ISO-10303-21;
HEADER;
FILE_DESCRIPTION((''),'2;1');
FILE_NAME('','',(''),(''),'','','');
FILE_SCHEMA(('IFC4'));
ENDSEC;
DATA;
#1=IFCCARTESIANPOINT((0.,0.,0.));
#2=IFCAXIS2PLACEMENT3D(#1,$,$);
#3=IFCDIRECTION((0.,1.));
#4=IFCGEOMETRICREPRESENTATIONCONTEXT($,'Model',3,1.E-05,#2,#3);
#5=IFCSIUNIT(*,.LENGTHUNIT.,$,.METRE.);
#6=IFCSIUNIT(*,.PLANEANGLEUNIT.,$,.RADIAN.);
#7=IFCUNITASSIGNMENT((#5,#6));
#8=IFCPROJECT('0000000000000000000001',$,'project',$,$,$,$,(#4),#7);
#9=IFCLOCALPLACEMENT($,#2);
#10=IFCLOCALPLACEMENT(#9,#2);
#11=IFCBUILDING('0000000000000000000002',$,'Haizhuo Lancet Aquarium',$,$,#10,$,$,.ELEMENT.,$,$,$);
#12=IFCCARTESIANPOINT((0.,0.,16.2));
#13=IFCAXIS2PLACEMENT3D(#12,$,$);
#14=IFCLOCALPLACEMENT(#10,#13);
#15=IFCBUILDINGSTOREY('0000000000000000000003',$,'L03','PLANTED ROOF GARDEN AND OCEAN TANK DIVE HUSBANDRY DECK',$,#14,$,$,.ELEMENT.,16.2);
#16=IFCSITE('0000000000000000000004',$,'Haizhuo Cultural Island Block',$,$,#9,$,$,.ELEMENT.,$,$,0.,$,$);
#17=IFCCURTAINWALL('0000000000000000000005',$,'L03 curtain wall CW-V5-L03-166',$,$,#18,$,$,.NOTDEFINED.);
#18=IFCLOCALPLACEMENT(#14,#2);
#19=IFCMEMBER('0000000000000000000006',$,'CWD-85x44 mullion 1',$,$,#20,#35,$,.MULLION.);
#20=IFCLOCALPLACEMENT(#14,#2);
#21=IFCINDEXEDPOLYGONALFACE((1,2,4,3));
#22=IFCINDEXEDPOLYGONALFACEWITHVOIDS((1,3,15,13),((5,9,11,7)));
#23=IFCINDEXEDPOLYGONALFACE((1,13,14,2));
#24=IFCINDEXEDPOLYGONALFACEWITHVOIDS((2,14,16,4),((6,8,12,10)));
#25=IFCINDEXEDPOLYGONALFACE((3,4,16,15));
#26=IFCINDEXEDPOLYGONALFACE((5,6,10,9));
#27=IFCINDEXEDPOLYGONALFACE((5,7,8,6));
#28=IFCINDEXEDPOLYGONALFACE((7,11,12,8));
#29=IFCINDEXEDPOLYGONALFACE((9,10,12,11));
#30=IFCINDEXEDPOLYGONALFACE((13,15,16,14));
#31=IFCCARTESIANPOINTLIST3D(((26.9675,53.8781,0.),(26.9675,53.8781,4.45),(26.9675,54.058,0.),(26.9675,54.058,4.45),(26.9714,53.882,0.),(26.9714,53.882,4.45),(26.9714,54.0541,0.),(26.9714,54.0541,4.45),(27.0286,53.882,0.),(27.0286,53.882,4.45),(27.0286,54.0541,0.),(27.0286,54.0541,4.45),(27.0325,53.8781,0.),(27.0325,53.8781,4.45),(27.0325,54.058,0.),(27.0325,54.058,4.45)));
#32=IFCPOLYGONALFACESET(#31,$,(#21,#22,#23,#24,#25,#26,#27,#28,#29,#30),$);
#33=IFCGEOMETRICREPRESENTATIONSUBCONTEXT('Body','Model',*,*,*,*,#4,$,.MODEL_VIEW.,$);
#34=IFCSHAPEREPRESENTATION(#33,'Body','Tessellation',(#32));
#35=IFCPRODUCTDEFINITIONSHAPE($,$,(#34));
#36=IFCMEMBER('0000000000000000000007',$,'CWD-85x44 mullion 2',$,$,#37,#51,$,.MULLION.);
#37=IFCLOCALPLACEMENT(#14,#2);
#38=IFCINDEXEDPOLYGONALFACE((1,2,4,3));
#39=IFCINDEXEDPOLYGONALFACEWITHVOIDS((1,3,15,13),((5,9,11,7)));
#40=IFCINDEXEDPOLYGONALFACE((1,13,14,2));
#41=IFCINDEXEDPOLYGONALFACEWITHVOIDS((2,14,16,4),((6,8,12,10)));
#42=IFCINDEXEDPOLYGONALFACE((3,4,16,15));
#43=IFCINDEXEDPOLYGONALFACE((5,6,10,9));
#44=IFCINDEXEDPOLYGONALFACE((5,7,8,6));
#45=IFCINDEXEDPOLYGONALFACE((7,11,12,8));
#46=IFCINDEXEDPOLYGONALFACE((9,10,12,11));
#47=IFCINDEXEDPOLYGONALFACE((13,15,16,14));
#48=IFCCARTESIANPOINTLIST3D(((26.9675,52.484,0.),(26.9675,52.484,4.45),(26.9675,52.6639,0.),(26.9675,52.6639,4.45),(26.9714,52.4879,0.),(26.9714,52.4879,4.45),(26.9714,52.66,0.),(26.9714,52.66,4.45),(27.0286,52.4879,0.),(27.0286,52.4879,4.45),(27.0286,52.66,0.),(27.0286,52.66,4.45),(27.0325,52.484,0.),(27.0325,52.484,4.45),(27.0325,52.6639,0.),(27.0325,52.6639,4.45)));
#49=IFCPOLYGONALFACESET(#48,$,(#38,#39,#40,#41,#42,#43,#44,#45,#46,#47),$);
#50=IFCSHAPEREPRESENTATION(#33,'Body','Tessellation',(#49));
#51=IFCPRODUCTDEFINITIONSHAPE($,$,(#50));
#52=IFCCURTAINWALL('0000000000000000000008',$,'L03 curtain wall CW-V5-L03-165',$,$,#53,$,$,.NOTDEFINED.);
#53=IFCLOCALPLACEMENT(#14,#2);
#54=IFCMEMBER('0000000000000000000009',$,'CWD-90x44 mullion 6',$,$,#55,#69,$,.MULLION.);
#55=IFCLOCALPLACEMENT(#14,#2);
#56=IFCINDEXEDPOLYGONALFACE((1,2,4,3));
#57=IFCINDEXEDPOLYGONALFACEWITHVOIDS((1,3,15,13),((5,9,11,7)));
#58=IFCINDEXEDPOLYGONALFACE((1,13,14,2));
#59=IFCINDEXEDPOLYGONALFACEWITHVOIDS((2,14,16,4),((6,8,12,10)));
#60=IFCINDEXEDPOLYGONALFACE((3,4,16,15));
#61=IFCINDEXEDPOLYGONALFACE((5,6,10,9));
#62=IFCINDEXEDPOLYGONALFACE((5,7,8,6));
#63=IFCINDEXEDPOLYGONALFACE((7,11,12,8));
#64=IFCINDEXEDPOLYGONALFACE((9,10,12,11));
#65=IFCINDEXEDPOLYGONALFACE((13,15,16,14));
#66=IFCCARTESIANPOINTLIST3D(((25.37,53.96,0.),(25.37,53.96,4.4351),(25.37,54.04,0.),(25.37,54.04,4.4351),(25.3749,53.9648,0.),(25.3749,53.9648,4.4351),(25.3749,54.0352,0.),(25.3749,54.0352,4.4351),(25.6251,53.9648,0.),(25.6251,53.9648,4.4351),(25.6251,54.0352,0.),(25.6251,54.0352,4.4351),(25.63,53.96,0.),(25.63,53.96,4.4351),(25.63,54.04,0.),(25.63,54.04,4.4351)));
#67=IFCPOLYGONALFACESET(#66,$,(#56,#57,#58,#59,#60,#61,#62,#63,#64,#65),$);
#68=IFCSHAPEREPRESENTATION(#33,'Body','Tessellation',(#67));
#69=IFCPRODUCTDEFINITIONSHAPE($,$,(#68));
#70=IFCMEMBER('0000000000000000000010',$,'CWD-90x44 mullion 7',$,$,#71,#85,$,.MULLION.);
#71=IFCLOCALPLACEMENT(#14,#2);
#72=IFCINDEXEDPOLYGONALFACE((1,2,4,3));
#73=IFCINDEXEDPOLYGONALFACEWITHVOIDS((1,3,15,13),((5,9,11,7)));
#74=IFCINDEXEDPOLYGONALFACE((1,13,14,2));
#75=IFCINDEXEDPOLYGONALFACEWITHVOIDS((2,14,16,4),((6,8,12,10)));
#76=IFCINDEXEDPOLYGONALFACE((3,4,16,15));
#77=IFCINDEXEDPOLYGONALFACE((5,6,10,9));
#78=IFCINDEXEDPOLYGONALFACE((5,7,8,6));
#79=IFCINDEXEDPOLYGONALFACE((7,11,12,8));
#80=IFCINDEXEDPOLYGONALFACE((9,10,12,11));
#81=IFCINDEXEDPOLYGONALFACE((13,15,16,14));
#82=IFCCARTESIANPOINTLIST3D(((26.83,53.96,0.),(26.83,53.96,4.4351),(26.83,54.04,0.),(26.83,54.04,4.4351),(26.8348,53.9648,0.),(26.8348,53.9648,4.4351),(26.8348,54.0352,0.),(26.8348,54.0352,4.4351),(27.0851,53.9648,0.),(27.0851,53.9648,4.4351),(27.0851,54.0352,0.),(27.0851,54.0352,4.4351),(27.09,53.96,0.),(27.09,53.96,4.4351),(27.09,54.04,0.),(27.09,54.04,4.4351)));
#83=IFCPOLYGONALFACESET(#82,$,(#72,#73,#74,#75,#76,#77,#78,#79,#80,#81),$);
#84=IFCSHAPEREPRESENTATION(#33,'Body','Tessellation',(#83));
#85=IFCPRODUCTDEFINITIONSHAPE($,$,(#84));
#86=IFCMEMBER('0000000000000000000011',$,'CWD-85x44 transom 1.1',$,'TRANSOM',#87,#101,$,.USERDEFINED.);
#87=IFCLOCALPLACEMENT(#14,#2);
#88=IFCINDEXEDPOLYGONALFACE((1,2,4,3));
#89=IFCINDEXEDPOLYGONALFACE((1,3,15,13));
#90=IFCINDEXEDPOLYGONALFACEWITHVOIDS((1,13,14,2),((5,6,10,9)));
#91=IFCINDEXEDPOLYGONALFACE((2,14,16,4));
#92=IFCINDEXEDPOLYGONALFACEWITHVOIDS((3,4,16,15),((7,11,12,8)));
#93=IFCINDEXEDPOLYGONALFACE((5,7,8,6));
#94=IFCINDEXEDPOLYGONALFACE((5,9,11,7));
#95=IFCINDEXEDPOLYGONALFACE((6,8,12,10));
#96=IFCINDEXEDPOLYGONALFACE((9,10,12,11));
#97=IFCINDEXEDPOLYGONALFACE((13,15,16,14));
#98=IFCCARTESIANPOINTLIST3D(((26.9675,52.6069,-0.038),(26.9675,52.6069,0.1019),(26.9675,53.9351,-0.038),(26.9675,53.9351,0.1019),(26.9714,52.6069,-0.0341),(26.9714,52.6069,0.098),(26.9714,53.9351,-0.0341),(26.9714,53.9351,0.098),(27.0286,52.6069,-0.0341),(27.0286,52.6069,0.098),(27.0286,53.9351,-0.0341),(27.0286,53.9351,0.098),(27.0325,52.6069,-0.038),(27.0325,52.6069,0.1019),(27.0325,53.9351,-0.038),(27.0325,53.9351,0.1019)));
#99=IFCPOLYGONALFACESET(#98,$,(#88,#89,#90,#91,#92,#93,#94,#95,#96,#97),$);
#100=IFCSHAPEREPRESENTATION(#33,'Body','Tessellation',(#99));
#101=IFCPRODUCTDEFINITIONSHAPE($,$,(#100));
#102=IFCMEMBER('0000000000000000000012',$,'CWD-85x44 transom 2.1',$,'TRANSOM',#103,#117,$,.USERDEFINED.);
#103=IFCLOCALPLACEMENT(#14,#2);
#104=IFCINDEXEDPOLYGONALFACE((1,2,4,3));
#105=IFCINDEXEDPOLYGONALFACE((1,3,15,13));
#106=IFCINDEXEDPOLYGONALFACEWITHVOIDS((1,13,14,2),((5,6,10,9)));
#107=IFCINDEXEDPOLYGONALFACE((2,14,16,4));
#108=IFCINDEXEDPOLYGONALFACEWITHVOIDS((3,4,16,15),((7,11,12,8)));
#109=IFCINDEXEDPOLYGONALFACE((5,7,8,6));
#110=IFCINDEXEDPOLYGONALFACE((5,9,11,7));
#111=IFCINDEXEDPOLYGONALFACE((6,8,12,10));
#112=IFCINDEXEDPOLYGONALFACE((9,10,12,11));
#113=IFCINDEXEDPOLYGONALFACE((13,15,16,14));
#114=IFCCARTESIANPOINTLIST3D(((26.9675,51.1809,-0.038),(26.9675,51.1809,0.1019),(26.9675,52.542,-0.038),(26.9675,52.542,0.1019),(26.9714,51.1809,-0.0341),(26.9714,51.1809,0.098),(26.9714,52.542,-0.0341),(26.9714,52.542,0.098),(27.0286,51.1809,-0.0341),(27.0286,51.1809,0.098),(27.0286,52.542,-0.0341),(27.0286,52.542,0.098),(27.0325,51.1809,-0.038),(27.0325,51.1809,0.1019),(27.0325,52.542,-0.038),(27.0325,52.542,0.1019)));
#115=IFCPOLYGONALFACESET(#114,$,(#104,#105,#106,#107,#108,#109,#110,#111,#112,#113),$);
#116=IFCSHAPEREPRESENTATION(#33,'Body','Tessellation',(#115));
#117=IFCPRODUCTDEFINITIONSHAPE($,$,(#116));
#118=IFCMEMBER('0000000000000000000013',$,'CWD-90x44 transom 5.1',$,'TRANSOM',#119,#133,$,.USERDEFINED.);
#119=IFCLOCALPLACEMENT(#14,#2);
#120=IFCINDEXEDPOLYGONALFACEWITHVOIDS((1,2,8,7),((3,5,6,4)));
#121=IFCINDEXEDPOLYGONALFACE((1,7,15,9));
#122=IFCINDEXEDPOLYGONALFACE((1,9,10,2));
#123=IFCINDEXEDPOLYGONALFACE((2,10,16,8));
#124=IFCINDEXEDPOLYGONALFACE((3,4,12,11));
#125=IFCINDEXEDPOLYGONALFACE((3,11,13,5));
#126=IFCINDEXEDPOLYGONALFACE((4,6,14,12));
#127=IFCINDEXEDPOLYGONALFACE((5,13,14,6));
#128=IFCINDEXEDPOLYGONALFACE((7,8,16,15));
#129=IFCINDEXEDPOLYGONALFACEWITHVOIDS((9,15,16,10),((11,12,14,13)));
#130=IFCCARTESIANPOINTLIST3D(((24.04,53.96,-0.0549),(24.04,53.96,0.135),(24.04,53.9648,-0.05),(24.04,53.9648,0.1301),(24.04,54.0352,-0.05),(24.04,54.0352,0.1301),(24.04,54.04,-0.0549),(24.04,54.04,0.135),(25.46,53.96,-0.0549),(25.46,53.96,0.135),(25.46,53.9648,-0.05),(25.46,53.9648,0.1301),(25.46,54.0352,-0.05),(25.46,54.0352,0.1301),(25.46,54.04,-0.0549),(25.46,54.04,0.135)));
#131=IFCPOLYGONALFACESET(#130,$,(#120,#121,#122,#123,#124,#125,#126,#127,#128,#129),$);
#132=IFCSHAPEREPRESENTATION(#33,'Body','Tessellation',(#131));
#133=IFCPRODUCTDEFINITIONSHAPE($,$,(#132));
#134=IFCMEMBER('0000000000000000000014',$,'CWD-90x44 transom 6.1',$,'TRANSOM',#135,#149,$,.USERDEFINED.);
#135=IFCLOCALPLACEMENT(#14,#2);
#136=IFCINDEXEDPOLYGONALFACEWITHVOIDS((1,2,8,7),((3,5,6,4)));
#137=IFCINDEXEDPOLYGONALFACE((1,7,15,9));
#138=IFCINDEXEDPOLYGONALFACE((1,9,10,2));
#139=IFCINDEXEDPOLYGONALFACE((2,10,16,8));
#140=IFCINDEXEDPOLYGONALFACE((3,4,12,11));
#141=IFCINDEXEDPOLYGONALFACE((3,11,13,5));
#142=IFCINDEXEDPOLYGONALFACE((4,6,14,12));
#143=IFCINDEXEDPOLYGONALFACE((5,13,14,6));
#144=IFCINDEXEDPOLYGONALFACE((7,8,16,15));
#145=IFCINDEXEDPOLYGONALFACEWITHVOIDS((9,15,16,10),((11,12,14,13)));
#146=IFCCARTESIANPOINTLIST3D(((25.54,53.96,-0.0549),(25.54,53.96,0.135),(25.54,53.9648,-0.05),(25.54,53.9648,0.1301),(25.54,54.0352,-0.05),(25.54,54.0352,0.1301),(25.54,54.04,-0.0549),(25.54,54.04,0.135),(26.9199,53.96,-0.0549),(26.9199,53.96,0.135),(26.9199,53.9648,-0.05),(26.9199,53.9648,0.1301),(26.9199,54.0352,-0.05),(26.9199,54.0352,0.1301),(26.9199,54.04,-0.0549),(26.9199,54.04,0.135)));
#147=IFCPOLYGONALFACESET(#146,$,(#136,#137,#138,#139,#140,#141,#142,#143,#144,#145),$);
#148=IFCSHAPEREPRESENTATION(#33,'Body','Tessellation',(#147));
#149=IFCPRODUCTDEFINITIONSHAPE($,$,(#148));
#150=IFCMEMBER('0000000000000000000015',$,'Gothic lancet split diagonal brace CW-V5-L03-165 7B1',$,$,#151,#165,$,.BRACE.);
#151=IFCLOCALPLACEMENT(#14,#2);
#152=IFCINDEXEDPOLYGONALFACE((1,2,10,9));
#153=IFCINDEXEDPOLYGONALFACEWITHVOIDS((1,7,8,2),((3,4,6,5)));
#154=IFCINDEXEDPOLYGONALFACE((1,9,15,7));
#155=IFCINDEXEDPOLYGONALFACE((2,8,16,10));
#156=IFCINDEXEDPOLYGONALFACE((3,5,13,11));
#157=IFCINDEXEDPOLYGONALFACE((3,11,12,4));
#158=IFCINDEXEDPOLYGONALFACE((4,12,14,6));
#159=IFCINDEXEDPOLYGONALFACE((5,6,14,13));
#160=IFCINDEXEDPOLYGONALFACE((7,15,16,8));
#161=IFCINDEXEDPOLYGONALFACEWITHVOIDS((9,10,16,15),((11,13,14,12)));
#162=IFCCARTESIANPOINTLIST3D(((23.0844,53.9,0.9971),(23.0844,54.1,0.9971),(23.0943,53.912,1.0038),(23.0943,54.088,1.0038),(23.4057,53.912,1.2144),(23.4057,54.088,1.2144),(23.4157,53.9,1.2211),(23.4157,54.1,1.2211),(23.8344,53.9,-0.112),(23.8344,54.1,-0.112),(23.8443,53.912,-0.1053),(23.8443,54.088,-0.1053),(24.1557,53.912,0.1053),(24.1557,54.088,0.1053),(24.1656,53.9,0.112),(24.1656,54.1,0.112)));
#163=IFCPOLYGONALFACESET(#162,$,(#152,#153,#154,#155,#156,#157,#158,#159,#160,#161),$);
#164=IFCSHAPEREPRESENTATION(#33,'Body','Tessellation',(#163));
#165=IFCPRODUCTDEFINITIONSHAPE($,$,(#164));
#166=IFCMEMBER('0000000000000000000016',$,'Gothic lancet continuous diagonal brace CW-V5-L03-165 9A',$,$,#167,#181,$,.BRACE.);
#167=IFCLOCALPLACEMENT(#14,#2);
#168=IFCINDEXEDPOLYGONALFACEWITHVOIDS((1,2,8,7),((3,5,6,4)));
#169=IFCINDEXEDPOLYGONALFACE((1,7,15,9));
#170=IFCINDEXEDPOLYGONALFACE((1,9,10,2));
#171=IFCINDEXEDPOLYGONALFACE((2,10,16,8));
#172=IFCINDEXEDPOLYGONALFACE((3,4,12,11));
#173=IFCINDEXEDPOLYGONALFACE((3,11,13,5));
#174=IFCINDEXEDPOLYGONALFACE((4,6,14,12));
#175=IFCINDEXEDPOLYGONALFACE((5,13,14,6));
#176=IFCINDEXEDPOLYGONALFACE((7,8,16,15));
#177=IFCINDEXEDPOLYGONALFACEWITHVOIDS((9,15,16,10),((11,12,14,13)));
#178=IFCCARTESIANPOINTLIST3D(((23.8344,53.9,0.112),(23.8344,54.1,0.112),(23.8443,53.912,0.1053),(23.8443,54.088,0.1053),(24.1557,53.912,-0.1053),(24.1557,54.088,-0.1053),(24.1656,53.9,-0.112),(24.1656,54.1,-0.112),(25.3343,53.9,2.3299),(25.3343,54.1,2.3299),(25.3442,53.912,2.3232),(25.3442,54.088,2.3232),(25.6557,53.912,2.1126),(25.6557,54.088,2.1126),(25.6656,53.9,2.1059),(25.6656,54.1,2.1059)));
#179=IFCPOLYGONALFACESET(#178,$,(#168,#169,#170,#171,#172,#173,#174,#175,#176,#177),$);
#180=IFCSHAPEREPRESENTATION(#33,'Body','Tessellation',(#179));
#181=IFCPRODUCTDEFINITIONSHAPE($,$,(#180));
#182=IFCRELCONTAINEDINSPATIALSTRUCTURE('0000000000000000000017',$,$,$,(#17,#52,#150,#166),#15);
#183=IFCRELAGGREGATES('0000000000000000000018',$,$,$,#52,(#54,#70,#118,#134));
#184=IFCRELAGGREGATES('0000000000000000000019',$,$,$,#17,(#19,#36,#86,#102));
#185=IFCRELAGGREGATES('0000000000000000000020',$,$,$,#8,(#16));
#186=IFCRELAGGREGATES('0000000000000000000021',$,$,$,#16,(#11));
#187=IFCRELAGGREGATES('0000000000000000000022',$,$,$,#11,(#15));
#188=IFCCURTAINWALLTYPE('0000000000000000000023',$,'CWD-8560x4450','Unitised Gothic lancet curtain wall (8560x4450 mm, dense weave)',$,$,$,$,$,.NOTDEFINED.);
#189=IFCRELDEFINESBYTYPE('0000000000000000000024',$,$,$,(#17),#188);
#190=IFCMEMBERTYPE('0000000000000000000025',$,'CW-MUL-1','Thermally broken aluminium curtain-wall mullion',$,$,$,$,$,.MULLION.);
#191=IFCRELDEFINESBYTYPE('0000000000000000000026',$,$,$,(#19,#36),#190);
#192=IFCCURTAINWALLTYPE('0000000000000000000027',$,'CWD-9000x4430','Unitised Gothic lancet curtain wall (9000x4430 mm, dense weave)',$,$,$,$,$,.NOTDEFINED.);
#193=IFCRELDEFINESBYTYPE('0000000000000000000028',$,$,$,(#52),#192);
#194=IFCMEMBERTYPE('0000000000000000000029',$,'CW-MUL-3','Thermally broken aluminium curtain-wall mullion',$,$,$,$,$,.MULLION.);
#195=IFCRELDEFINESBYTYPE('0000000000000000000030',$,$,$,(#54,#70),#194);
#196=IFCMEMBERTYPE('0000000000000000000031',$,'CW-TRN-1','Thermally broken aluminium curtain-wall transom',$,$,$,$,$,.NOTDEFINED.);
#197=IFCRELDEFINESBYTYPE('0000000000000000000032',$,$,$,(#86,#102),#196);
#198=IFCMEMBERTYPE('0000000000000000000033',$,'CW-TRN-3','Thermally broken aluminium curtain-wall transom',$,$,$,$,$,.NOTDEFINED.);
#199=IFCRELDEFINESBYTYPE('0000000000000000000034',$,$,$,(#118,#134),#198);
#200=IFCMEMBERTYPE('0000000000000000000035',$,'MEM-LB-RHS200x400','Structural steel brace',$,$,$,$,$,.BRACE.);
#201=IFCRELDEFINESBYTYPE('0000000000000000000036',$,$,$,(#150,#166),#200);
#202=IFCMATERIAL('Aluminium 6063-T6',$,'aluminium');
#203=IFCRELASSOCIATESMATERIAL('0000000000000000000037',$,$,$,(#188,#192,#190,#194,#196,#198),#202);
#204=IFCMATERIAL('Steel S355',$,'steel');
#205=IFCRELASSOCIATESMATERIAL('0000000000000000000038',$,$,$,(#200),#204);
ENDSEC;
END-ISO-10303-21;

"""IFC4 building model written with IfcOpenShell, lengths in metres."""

from ifc_helpers import new_model, si_unit, direction, frame, origin, origin_2d, place, context, subcontext, project, spatial, hollow_rectangle, extrude, material, material_profile, profile_set, type_object, element, aggregate, save


model = new_model("IFC4")

# Units and contexts
model_context = context("Model", 3, precision=1e-05, world=origin(), true_north=direction((0.0, 1.0)))
body_context = subcontext(model_context, "Body", "Model", "MODEL_VIEW")
ifc_project = project(units=[si_unit("LENGTHUNIT", "METRE"), si_unit("PLANEANGLEUNIT", "RADIAN")], contexts=[model_context])

# Site, building, storey
site_placement = place(None, origin())
site = spatial("IfcSite", under=ifc_project, at=site_placement, Name="Haizhuo Cultural Island Block", CompositionType="ELEMENT", RefElevation=0.0)
building_placement = place(site_placement, origin())
building = spatial("IfcBuilding", under=site, at=building_placement, Name="Haizhuo Lancet Aquarium", CompositionType="ELEMENT")
storey_placement = place(building_placement, frame((0.0, 0.0, 16.2)))
storey = spatial("IfcBuildingStorey", under=building, at=storey_placement, Name="L03", Description="PLANTED ROOF GARDEN AND OCEAN TANK DIVE HUSBANDRY DECK", CompositionType="ELEMENT", Elevation=16.2)

# Curtain walls, members
ifc_material_1 = material(Name="Aluminium 6063-T6", Category="aluminium")
curtain_wall_type_1 = type_object("IfcCurtainWallType", Name="CWD-8560x4450", Description="Unitised Gothic lancet curtain wall (8560x4450 mm, dense weave)", PredefinedType="NOTDEFINED", material=ifc_material_1)
curtain_wall_1_placement = place(storey_placement, origin())
curtain_wall_1 = element("IfcCurtainWall", 1, at=curtain_wall_1_placement, inside=storey, type_object=curtain_wall_type_1, Name="L03 curtain wall CW-V5-L03-166", PredefinedType="NOTDEFINED")
ifc_material_profile_1 = material_profile(ifc_material_1, hollow_rectangle(XDim=0.0649, YDim=0.1799, WallThickness=0.0039, at=origin_2d()), Name="ALU-M 65x180x4")
ifc_profile_set_1 = profile_set([ifc_material_profile_1], Name="Aluminium 6063-T6")
member_type_1 = type_object("IfcMemberType", Name="CW-MUL-1", Description="Thermally broken aluminium curtain-wall mullion", PredefinedType="MULLION", material=ifc_profile_set_1)
member_1_placement = place(storey_placement, frame((27.0, 53.968, 0.0), z_axis=(0.0, 0.0, 1.0), x_axis=(1.0, 0.0, 0.0)))
member_1 = element("IfcMember", 2, at=member_1_placement, type_object=member_type_1, Name="CWD-85x44 mullion 1", PredefinedType="MULLION", context=body_context, shape_type="SweptSolid", body=[
    extrude(hollow_rectangle(XDim=0.0649, YDim=0.1799, WallThickness=0.0039, at=origin_2d()), origin(), (0.0, 0.0, 1.0), 4.45),
])
member_2_placement = place(storey_placement, frame((27.0, 52.574, 0.0), z_axis=(0.0, 0.0, 1.0), x_axis=(1.0, 0.0, 0.0)))
member_2 = element("IfcMember", 3, at=member_2_placement, type_object=member_type_1, Name="CWD-85x44 mullion 2", PredefinedType="MULLION", context=body_context, shape_type="SweptSolid", body=[
    extrude(hollow_rectangle(XDim=0.0649, YDim=0.1799, WallThickness=0.0039, at=origin_2d()), origin(), (0.0, 0.0, 1.0), 4.45),
])
curtain_wall_type_2 = type_object("IfcCurtainWallType", Name="CWD-9000x4430", Description="Unitised Gothic lancet curtain wall (9000x4430 mm, dense weave)", PredefinedType="NOTDEFINED", material=ifc_material_1)
curtain_wall_2_placement = place(storey_placement, origin())
curtain_wall_2 = element("IfcCurtainWall", 4, at=curtain_wall_2_placement, inside=storey, type_object=curtain_wall_type_2, Name="L03 curtain wall CW-V5-L03-165", PredefinedType="NOTDEFINED")
ifc_material_profile_2 = material_profile(ifc_material_1, hollow_rectangle(XDim=0.0801, YDim=0.26, WallThickness=0.0049, at=origin_2d()), Name="ALU-M 80x260x5")
ifc_profile_set_2 = profile_set([ifc_material_profile_2], Name="Aluminium 6063-T6")
member_type_2 = type_object("IfcMemberType", Name="CW-MUL-3", Description="Thermally broken aluminium curtain-wall mullion", PredefinedType="MULLION", material=ifc_profile_set_2)
member_3_placement = place(storey_placement, frame((25.5, 54.0, 0.0), z_axis=(0.0, 0.0, 1.0), x_axis=(0.0, 1.0, 0.0)))
member_3 = element("IfcMember", 5, at=member_3_placement, type_object=member_type_2, Name="CWD-90x44 mullion 6", PredefinedType="MULLION", context=body_context, shape_type="SweptSolid", body=[
    extrude(hollow_rectangle(XDim=0.0801, YDim=0.26, WallThickness=0.0049, at=origin_2d()), origin(), (0.0, 0.0, 1.0), 4.4351),
])
member_4_placement = place(storey_placement, frame((26.96, 54.0, 0.0), z_axis=(0.0, 0.0, 1.0), x_axis=(0.0, 1.0, 0.0)))
member_4 = element("IfcMember", 6, at=member_4_placement, type_object=member_type_2, Name="CWD-90x44 mullion 7", PredefinedType="MULLION", context=body_context, shape_type="SweptSolid", body=[
    extrude(hollow_rectangle(XDim=0.0801, YDim=0.26, WallThickness=0.0049, at=origin_2d()), origin(), (0.0, 0.0, 1.0), 4.4351),
])

# Members
ifc_material_profile_3 = material_profile(ifc_material_1, hollow_rectangle(XDim=0.0649, YDim=0.1399, WallThickness=0.0039, at=origin_2d()), Name="ALU-T 65x140x4")
ifc_profile_set_3 = profile_set([ifc_material_profile_3], Name="Aluminium 6063-T6")
member_type_3 = type_object("IfcMemberType", Name="CW-TRN-1", Description="Thermally broken aluminium curtain-wall transom", PredefinedType="NOTDEFINED", material=ifc_profile_set_3)
member_5_placement = place(storey_placement, frame((27.0, 53.9351, 0.032), z_axis=(0.0, -1.0, 0.0), x_axis=(1.0, 0.0, 0.0)))
member_5 = element("IfcMember", 7, at=member_5_placement, type_object=member_type_3, Name="CWD-85x44 transom 1.1", ObjectType="TRANSOM", PredefinedType="USERDEFINED", context=body_context, shape_type="SweptSolid", body=[
    extrude(hollow_rectangle(XDim=0.0649, YDim=0.1399, WallThickness=0.0039, at=origin_2d()), origin(), (0.0, 0.0, 1.0), 1.3281),
])
member_6_placement = place(storey_placement, frame((27.0, 52.542, 0.032), z_axis=(0.0, -1.0, 0.0), x_axis=(1.0, 0.0, 0.0)))
member_6 = element("IfcMember", 8, at=member_6_placement, type_object=member_type_3, Name="CWD-85x44 transom 2.1", ObjectType="TRANSOM", PredefinedType="USERDEFINED", context=body_context, shape_type="SweptSolid", body=[
    extrude(hollow_rectangle(XDim=0.0649, YDim=0.1399, WallThickness=0.0039, at=origin_2d()), origin(), (0.0, 0.0, 1.0), 1.3611),
])
ifc_material_profile_4 = material_profile(ifc_material_1, hollow_rectangle(XDim=0.0801, YDim=0.1899, WallThickness=0.0049, at=origin_2d()), Name="ALU-T 80x190x5")
ifc_profile_set_4 = profile_set([ifc_material_profile_4], Name="Aluminium 6063-T6")
member_type_4 = type_object("IfcMemberType", Name="CW-TRN-3", Description="Thermally broken aluminium curtain-wall transom", PredefinedType="NOTDEFINED", material=ifc_profile_set_4)
member_7_placement = place(storey_placement, frame((24.04, 54.0, 0.04), z_axis=(1.0, 0.0, 0.0), x_axis=(0.0, 1.0, 0.0)))
member_7 = element("IfcMember", 9, at=member_7_placement, type_object=member_type_4, Name="CWD-90x44 transom 5.1", ObjectType="TRANSOM", PredefinedType="USERDEFINED", context=body_context, shape_type="SweptSolid", body=[
    extrude(hollow_rectangle(XDim=0.0801, YDim=0.1899, WallThickness=0.0049, at=origin_2d()), origin(), (0.0, 0.0, 1.0), 1.4199),
])
member_8_placement = place(storey_placement, frame((25.54, 54.0, 0.04), z_axis=(1.0, 0.0, 0.0), x_axis=(0.0, 1.0, 0.0)))
member_8 = element("IfcMember", 10, at=member_8_placement, type_object=member_type_4, Name="CWD-90x44 transom 6.1", ObjectType="TRANSOM", PredefinedType="USERDEFINED", context=body_context, shape_type="SweptSolid", body=[
    extrude(hollow_rectangle(XDim=0.0801, YDim=0.1899, WallThickness=0.0049, at=origin_2d()), origin(), (0.0, 0.0, 1.0), 1.3799),
])

# Members
ifc_material_2 = material(Name="Steel S355", Category="steel")
ifc_material_profile_5 = material_profile(ifc_material_2, hollow_rectangle(XDim=0.2, YDim=0.3999, WallThickness=0.012, at=origin_2d()), Name="RHS 200x400x12")
ifc_profile_set_5 = profile_set([ifc_material_profile_5], Name="Steel S355")
member_type_5 = type_object("IfcMemberType", Name="MEM-LB-RHS200x400", Description="Structural steel brace", PredefinedType="BRACE", material=ifc_profile_set_5)
member_9_placement = place(storey_placement, frame((24.0, 54.0, 0.0), z_axis=(-0.560159, 0.0, 0.828385), x_axis=(0.0, -1.0, 0.0)))
element("IfcMember", 11, at=member_9_placement, inside=storey, type_object=member_type_5, Name="Gothic lancet split diagonal brace CW-V5-L03-165 7B1", PredefinedType="BRACE", context=body_context, shape_type="SweptSolid", body=[
    extrude(hollow_rectangle(XDim=0.2, YDim=0.3999, WallThickness=0.012, at=origin_2d()), origin(), (0.0, 0.0, 1.0), 1.3389),
])
member_10_placement = place(storey_placement, frame((24.0, 54.0, 0.0), z_axis=(0.560201, 0.0, 0.828357), x_axis=(0.0, 1.0, 0.0)))
element("IfcMember", 12, at=member_10_placement, inside=storey, type_object=member_type_5, Name="Gothic lancet continuous diagonal brace CW-V5-L03-165 9A", PredefinedType="BRACE", context=body_context, shape_type="SweptSolid", body=[
    extrude(hollow_rectangle(XDim=0.2, YDim=0.3999, WallThickness=0.012, at=origin_2d()), origin(), (0.0, 0.0, 1.0), 2.6775),
])

aggregate(curtain_wall_2, [member_3, member_4, member_7, member_8])
aggregate(curtain_wall_1, [member_1, member_2, member_5, member_6])

save(model, "model.ifc")
